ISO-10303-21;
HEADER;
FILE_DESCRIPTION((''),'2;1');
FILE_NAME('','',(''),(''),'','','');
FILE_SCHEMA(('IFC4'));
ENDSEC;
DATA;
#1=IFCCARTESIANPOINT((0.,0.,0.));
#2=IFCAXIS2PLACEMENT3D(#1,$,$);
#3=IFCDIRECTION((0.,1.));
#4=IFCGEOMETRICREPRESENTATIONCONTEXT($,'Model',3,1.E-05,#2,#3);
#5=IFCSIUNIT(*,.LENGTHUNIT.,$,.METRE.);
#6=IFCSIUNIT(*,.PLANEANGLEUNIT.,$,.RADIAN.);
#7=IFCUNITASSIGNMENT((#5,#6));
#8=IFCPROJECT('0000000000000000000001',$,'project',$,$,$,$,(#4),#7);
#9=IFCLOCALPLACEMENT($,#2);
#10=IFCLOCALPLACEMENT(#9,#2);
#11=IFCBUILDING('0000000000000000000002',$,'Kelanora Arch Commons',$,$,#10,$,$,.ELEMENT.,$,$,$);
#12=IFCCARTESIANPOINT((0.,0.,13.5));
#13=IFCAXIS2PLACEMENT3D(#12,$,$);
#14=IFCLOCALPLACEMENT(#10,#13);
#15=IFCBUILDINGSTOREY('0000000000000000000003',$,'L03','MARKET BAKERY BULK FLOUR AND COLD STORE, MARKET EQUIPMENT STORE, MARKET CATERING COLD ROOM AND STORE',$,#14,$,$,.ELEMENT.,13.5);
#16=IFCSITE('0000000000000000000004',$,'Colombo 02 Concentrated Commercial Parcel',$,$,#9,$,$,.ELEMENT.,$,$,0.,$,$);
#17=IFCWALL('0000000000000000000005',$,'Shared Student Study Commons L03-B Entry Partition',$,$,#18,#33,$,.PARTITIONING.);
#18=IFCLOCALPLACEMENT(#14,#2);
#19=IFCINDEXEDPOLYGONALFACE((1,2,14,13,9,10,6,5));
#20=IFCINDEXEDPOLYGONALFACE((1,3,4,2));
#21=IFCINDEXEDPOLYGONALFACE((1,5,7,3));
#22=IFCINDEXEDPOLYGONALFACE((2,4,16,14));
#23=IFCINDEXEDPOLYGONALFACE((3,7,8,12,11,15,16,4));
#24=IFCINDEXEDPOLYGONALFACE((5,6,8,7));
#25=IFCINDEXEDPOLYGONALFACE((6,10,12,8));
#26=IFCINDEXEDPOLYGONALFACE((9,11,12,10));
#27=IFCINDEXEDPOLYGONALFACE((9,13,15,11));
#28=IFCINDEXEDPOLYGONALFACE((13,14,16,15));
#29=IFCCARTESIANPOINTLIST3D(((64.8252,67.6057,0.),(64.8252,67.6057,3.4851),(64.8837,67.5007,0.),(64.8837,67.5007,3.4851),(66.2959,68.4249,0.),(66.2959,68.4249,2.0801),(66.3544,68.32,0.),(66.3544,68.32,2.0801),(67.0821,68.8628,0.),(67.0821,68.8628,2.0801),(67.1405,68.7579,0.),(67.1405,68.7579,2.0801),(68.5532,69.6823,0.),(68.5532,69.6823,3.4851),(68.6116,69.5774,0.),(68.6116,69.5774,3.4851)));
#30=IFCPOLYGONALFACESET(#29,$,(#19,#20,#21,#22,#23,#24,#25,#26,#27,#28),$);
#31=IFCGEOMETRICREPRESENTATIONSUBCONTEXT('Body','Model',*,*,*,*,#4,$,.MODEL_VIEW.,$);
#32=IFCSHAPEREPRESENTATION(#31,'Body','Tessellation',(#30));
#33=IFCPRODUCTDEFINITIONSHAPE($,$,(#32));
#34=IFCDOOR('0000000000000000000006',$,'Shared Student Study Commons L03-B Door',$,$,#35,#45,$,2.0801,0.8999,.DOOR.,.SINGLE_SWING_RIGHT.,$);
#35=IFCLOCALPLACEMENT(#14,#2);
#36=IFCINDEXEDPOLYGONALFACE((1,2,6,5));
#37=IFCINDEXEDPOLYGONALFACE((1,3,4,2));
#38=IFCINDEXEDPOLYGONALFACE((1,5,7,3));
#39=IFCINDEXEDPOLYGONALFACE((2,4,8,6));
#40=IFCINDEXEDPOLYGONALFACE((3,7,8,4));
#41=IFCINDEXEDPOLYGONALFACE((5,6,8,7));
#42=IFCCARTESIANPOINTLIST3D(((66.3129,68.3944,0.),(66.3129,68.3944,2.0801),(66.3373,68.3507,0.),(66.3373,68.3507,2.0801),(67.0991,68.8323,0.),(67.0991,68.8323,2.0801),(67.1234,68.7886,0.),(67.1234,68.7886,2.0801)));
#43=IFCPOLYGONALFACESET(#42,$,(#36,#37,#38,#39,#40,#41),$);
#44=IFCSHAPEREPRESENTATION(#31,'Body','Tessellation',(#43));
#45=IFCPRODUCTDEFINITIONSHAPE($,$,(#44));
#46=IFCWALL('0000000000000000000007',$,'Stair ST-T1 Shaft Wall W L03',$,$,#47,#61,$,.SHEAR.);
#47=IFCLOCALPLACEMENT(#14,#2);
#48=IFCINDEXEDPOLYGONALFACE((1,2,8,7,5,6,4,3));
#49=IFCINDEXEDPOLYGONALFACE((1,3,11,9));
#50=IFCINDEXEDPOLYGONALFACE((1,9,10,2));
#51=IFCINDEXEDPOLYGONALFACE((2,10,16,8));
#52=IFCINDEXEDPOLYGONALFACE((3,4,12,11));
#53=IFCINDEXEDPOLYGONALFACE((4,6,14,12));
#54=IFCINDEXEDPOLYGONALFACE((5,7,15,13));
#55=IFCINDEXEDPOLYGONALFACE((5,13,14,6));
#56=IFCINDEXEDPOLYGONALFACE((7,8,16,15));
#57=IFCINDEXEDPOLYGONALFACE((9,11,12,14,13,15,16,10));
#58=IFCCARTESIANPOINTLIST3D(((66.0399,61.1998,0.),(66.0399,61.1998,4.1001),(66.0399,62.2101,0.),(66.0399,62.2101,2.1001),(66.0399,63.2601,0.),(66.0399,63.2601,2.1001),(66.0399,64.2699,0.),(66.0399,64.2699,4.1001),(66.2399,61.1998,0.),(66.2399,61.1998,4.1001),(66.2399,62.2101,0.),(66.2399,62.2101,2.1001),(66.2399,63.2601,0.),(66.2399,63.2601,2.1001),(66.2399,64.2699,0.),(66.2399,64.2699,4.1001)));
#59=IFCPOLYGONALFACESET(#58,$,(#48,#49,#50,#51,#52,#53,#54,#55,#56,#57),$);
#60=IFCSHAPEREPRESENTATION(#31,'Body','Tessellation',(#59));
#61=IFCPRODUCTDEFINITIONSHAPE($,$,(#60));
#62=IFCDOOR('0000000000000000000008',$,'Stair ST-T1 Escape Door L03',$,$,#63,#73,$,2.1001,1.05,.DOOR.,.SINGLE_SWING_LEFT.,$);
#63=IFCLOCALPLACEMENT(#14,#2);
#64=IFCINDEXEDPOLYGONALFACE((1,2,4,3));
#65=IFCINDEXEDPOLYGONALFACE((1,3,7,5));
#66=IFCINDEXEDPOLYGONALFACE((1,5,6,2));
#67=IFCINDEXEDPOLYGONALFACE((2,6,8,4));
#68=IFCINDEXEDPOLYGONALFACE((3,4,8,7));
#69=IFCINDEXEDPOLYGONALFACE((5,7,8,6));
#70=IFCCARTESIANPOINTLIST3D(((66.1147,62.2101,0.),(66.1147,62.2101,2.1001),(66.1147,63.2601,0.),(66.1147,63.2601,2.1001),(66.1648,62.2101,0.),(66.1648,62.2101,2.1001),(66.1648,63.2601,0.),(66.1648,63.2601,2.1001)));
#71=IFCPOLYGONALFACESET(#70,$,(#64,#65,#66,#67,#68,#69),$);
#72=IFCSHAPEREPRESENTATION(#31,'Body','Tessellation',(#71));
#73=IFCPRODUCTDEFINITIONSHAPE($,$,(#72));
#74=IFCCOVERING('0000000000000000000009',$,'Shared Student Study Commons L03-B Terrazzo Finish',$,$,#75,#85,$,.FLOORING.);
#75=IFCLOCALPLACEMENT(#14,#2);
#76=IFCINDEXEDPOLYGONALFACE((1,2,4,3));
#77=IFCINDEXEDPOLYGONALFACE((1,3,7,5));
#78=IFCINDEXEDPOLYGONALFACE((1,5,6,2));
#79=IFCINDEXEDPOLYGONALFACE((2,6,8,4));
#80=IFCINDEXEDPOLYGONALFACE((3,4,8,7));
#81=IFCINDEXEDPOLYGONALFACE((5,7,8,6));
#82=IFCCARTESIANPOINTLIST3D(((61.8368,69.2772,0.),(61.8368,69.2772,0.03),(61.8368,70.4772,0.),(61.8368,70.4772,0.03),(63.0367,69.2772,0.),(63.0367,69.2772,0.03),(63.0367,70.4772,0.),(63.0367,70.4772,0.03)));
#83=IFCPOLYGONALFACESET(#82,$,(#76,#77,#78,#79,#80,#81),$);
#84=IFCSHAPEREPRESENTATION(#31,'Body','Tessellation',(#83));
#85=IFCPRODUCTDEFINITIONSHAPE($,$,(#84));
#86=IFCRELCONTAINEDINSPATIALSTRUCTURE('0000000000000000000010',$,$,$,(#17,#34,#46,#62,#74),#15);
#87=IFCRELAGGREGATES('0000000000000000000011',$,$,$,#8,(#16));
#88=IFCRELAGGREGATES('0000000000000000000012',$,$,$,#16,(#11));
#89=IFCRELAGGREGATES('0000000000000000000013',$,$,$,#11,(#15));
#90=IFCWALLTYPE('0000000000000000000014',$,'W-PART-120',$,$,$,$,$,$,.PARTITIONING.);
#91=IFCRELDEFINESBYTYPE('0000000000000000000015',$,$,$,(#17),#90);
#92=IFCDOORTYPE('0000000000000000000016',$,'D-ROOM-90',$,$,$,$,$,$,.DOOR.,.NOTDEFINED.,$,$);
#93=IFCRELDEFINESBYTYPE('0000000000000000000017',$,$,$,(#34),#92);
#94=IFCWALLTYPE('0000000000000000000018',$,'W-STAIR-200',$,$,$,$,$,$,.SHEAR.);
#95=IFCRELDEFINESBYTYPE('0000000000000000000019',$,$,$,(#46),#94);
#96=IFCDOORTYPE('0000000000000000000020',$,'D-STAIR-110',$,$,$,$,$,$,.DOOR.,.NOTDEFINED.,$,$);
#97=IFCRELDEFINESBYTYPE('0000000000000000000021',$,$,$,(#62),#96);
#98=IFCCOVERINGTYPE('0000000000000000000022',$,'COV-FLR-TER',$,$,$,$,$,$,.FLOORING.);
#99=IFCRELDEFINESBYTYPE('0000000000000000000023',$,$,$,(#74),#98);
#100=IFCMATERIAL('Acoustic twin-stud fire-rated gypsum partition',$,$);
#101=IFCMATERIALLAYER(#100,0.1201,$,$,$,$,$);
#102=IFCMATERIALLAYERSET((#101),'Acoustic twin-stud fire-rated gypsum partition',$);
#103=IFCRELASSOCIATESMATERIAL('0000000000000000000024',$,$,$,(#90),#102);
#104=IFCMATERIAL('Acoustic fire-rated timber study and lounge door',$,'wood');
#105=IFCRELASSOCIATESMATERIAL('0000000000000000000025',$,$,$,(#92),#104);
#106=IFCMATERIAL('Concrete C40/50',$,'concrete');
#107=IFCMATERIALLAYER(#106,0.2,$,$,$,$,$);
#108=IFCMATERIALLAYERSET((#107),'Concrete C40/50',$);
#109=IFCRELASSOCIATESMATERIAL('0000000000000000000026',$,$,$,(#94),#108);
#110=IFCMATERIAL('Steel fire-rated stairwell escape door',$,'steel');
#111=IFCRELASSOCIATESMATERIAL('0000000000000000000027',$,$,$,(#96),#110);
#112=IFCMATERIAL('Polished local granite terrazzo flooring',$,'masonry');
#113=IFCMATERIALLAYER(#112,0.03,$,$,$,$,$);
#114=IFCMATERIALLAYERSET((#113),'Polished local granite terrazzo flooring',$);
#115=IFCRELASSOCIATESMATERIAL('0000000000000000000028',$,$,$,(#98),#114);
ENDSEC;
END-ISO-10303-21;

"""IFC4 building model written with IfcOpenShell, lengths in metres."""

from ifc_helpers import new_model, si_unit, direction, frame, frame_2d, origin, origin_2d, place, context, subcontext, project, spatial, rectangle, extrude, source, transform, mapped, material, layer, layer_set, type_object, element, fill, save


model = new_model("IFC4")

# Units and contexts
model_context = context("Model", 3, precision=1e-05, world=origin(), true_north=direction((0.0, 1.0)))
body_context = subcontext(model_context, "Body", "Model", "MODEL_VIEW")
ifc_project = project(units=[si_unit("LENGTHUNIT", "METRE"), si_unit("PLANEANGLEUNIT", "RADIAN")], contexts=[model_context])

# Site, building, storey
site_placement = place(None, origin())
site = spatial("IfcSite", under=ifc_project, at=site_placement, Name="Colombo 02 Concentrated Commercial Parcel", CompositionType="ELEMENT", RefElevation=0.0)
building_placement = place(site_placement, origin())
building = spatial("IfcBuilding", under=site, at=building_placement, Name="Kelanora Arch Commons", CompositionType="ELEMENT")
storey_placement = place(building_placement, frame((0.0, 0.0, 13.5)))
storey = spatial("IfcBuildingStorey", under=building, at=storey_placement, Name="L03", Description="MARKET BAKERY BULK FLOUR AND COLD STORE, MARKET EQUIPMENT STORE, MARKET CATERING COLD ROOM AND STORE", CompositionType="ELEMENT", Elevation=13.5)

# Walls, openings, doors
ifc_material_1 = material(Name="Acoustic twin-stud fire-rated gypsum partition")
ifc_layer_1 = layer(ifc_material_1, 0.1201)
ifc_layer_set_1 = layer_set([ifc_layer_1], Name="Acoustic twin-stud fire-rated gypsum partition")
wall_type_1 = type_object("IfcWallType", Name="W-PART-120", PredefinedType="PARTITIONING", material=ifc_layer_set_1)
wall_1_placement = place(storey_placement, frame((68.5825, 69.6299, 0.0), z_axis=(0.0, 0.0, 1.0), x_axis=(-0.873606, -0.486634, 0.0)))
wall_1 = element("IfcWall", 1, at=wall_1_placement, inside=storey, type_object=wall_type_1, Name="Shared Student Study Commons L03-B Entry Partition", PredefinedType="PARTITIONING", context=body_context, shape_type="SweptSolid", body=[
    extrude(rectangle(XDim=4.2673, YDim=0.1201, at=frame_2d((2.1338, 0.0))), origin(), (0.0, 0.0, 1.0), 3.4851),
])
opening_1_placement = place(wall_1_placement, frame((1.6841, 0.0, 0.0)))
opening_1 = element("IfcOpeningElement", 2, at=opening_1_placement, cuts=wall_1, PredefinedType="OPENING", context=body_context, shape_type="SweptSolid", body=[
    extrude(rectangle(XDim=0.8999, YDim=2.0801, at=frame_2d((0.45, 1.04))), frame((0.0, 0.0701, 0.0), z_axis=(0.0, -1.0, 0.0), x_axis=(1.0, 0.0, 0.0)), (0.0, 0.0, 1.0), 0.1401),
])
ifc_material_2 = material(Name="Acoustic fire-rated timber study and lounge door", Category="wood")
door_type_1 = type_object("IfcDoorType", Name="D-ROOM-90", OperationType="NOTDEFINED", PredefinedType="DOOR", material=ifc_material_2)
door_1_placement = place(opening_1_placement, origin())
door_1 = element("IfcDoor", 3, at=door_1_placement, inside=storey, type_object=door_type_1, Name="Shared Student Study Commons L03-B Door", OperationType="SINGLE_SWING_RIGHT", OverallHeight=2.0801, OverallWidth=0.8999, PredefinedType="DOOR", context=body_context, shape_type="SweptSolid", body=[
    extrude(rectangle(XDim=0.8999, YDim=2.0801, at=frame_2d((0.45, 1.04))), frame((0.0, 0.0249, 0.0), z_axis=(0.0, -1.0, 0.0), x_axis=(1.0, 0.0, 0.0)), (0.0, 0.0, 1.0), 0.05),
])
fill(opening_1, door_1)
ifc_material_3 = material(Name="Concrete C40/50", Category="concrete")
ifc_layer_2 = layer(ifc_material_3, 0.2)
ifc_layer_set_2 = layer_set([ifc_layer_2], Name="Concrete C40/50")
wall_type_2 = type_object("IfcWallType", Name="W-STAIR-200", PredefinedType="SHEAR", material=ifc_layer_set_2)
wall_2_placement = place(storey_placement, frame((66.1399, 64.27, 0.0), z_axis=(0.0, 0.0, 1.0), x_axis=(0.0, -1.0, 0.0)))
wall_2 = element("IfcWall", 4, at=wall_2_placement, inside=storey, type_object=wall_type_2, Name="Stair ST-T1 Shaft Wall W L03", PredefinedType="SHEAR", context=body_context, shape_type="SweptSolid", body=[
    extrude(rectangle(XDim=3.0701, YDim=0.2, at=frame_2d((1.5352, 0.0))), origin(), (0.0, 0.0, 1.0), 4.1001),
])
opening_2_placement = place(wall_2_placement, frame((1.01, 0.0, 0.0)))
opening_2 = element("IfcOpeningElement", 5, at=opening_2_placement, cuts=wall_2, PredefinedType="OPENING", context=body_context, shape_type="SweptSolid", body=[
    extrude(rectangle(XDim=1.05, YDim=2.1001, at=frame_2d((0.5249, 1.05))), frame((0.0, 0.1099, 0.0), z_axis=(0.0, -1.0, 0.0), x_axis=(1.0, 0.0, 0.0)), (0.0, 0.0, 1.0), 0.22),
])
ifc_material_4 = material(Name="Steel fire-rated stairwell escape door", Category="steel")
door_type_2 = type_object("IfcDoorType", Name="D-STAIR-110", OperationType="NOTDEFINED", PredefinedType="DOOR", material=ifc_material_4)
door_2_placement = place(opening_2_placement, origin())
door_2 = element("IfcDoor", 6, at=door_2_placement, inside=storey, type_object=door_type_2, Name="Stair ST-T1 Escape Door L03", OperationType="SINGLE_SWING_LEFT", OverallHeight=2.1001, OverallWidth=1.05, PredefinedType="DOOR", context=body_context, shape_type="SweptSolid", body=[
    extrude(rectangle(XDim=1.05, YDim=2.1001, at=frame_2d((0.5249, 1.05))), frame((0.0, 0.0249, 0.0), z_axis=(0.0, -1.0, 0.0), x_axis=(1.0, 0.0, 0.0)), (0.0, 0.0, 1.0), 0.05),
])
fill(opening_2, door_2)

# Covering
ifc_material_5 = material(Name="Polished local granite terrazzo flooring", Category="masonry")
ifc_layer_3 = layer(ifc_material_5, 0.03)
ifc_layer_set_3 = layer_set([ifc_layer_3], Name="Polished local granite terrazzo flooring")
covering_type = type_object("IfcCoveringType", Name="COV-FLR-TER", PredefinedType="FLOORING", material=ifc_layer_set_3)
shared_shape_1 = source(origin(), body_context, "Body", "SweptSolid", [
    extrude(rectangle(XDim=1.2, YDim=1.2, at=origin_2d()), origin(), (0.0, 0.0, 1.0), 0.03),
])
covering_placement = place(storey_placement, frame((62.4368, 69.8772, 0.0), z_axis=(0.0, 0.0, 1.0), x_axis=(1.0, 0.0, 0.0)))
element("IfcCovering", 7, at=covering_placement, inside=storey, type_object=covering_type, Name="Shared Student Study Commons L03-B Terrazzo Finish", PredefinedType="FLOORING", context=body_context, shape_type="MappedRepresentation", body=[
    mapped(shared_shape_1, transform((0.0, 0.0, 0.0), scale=1.0)),
])

save(model, "model.ifc")
